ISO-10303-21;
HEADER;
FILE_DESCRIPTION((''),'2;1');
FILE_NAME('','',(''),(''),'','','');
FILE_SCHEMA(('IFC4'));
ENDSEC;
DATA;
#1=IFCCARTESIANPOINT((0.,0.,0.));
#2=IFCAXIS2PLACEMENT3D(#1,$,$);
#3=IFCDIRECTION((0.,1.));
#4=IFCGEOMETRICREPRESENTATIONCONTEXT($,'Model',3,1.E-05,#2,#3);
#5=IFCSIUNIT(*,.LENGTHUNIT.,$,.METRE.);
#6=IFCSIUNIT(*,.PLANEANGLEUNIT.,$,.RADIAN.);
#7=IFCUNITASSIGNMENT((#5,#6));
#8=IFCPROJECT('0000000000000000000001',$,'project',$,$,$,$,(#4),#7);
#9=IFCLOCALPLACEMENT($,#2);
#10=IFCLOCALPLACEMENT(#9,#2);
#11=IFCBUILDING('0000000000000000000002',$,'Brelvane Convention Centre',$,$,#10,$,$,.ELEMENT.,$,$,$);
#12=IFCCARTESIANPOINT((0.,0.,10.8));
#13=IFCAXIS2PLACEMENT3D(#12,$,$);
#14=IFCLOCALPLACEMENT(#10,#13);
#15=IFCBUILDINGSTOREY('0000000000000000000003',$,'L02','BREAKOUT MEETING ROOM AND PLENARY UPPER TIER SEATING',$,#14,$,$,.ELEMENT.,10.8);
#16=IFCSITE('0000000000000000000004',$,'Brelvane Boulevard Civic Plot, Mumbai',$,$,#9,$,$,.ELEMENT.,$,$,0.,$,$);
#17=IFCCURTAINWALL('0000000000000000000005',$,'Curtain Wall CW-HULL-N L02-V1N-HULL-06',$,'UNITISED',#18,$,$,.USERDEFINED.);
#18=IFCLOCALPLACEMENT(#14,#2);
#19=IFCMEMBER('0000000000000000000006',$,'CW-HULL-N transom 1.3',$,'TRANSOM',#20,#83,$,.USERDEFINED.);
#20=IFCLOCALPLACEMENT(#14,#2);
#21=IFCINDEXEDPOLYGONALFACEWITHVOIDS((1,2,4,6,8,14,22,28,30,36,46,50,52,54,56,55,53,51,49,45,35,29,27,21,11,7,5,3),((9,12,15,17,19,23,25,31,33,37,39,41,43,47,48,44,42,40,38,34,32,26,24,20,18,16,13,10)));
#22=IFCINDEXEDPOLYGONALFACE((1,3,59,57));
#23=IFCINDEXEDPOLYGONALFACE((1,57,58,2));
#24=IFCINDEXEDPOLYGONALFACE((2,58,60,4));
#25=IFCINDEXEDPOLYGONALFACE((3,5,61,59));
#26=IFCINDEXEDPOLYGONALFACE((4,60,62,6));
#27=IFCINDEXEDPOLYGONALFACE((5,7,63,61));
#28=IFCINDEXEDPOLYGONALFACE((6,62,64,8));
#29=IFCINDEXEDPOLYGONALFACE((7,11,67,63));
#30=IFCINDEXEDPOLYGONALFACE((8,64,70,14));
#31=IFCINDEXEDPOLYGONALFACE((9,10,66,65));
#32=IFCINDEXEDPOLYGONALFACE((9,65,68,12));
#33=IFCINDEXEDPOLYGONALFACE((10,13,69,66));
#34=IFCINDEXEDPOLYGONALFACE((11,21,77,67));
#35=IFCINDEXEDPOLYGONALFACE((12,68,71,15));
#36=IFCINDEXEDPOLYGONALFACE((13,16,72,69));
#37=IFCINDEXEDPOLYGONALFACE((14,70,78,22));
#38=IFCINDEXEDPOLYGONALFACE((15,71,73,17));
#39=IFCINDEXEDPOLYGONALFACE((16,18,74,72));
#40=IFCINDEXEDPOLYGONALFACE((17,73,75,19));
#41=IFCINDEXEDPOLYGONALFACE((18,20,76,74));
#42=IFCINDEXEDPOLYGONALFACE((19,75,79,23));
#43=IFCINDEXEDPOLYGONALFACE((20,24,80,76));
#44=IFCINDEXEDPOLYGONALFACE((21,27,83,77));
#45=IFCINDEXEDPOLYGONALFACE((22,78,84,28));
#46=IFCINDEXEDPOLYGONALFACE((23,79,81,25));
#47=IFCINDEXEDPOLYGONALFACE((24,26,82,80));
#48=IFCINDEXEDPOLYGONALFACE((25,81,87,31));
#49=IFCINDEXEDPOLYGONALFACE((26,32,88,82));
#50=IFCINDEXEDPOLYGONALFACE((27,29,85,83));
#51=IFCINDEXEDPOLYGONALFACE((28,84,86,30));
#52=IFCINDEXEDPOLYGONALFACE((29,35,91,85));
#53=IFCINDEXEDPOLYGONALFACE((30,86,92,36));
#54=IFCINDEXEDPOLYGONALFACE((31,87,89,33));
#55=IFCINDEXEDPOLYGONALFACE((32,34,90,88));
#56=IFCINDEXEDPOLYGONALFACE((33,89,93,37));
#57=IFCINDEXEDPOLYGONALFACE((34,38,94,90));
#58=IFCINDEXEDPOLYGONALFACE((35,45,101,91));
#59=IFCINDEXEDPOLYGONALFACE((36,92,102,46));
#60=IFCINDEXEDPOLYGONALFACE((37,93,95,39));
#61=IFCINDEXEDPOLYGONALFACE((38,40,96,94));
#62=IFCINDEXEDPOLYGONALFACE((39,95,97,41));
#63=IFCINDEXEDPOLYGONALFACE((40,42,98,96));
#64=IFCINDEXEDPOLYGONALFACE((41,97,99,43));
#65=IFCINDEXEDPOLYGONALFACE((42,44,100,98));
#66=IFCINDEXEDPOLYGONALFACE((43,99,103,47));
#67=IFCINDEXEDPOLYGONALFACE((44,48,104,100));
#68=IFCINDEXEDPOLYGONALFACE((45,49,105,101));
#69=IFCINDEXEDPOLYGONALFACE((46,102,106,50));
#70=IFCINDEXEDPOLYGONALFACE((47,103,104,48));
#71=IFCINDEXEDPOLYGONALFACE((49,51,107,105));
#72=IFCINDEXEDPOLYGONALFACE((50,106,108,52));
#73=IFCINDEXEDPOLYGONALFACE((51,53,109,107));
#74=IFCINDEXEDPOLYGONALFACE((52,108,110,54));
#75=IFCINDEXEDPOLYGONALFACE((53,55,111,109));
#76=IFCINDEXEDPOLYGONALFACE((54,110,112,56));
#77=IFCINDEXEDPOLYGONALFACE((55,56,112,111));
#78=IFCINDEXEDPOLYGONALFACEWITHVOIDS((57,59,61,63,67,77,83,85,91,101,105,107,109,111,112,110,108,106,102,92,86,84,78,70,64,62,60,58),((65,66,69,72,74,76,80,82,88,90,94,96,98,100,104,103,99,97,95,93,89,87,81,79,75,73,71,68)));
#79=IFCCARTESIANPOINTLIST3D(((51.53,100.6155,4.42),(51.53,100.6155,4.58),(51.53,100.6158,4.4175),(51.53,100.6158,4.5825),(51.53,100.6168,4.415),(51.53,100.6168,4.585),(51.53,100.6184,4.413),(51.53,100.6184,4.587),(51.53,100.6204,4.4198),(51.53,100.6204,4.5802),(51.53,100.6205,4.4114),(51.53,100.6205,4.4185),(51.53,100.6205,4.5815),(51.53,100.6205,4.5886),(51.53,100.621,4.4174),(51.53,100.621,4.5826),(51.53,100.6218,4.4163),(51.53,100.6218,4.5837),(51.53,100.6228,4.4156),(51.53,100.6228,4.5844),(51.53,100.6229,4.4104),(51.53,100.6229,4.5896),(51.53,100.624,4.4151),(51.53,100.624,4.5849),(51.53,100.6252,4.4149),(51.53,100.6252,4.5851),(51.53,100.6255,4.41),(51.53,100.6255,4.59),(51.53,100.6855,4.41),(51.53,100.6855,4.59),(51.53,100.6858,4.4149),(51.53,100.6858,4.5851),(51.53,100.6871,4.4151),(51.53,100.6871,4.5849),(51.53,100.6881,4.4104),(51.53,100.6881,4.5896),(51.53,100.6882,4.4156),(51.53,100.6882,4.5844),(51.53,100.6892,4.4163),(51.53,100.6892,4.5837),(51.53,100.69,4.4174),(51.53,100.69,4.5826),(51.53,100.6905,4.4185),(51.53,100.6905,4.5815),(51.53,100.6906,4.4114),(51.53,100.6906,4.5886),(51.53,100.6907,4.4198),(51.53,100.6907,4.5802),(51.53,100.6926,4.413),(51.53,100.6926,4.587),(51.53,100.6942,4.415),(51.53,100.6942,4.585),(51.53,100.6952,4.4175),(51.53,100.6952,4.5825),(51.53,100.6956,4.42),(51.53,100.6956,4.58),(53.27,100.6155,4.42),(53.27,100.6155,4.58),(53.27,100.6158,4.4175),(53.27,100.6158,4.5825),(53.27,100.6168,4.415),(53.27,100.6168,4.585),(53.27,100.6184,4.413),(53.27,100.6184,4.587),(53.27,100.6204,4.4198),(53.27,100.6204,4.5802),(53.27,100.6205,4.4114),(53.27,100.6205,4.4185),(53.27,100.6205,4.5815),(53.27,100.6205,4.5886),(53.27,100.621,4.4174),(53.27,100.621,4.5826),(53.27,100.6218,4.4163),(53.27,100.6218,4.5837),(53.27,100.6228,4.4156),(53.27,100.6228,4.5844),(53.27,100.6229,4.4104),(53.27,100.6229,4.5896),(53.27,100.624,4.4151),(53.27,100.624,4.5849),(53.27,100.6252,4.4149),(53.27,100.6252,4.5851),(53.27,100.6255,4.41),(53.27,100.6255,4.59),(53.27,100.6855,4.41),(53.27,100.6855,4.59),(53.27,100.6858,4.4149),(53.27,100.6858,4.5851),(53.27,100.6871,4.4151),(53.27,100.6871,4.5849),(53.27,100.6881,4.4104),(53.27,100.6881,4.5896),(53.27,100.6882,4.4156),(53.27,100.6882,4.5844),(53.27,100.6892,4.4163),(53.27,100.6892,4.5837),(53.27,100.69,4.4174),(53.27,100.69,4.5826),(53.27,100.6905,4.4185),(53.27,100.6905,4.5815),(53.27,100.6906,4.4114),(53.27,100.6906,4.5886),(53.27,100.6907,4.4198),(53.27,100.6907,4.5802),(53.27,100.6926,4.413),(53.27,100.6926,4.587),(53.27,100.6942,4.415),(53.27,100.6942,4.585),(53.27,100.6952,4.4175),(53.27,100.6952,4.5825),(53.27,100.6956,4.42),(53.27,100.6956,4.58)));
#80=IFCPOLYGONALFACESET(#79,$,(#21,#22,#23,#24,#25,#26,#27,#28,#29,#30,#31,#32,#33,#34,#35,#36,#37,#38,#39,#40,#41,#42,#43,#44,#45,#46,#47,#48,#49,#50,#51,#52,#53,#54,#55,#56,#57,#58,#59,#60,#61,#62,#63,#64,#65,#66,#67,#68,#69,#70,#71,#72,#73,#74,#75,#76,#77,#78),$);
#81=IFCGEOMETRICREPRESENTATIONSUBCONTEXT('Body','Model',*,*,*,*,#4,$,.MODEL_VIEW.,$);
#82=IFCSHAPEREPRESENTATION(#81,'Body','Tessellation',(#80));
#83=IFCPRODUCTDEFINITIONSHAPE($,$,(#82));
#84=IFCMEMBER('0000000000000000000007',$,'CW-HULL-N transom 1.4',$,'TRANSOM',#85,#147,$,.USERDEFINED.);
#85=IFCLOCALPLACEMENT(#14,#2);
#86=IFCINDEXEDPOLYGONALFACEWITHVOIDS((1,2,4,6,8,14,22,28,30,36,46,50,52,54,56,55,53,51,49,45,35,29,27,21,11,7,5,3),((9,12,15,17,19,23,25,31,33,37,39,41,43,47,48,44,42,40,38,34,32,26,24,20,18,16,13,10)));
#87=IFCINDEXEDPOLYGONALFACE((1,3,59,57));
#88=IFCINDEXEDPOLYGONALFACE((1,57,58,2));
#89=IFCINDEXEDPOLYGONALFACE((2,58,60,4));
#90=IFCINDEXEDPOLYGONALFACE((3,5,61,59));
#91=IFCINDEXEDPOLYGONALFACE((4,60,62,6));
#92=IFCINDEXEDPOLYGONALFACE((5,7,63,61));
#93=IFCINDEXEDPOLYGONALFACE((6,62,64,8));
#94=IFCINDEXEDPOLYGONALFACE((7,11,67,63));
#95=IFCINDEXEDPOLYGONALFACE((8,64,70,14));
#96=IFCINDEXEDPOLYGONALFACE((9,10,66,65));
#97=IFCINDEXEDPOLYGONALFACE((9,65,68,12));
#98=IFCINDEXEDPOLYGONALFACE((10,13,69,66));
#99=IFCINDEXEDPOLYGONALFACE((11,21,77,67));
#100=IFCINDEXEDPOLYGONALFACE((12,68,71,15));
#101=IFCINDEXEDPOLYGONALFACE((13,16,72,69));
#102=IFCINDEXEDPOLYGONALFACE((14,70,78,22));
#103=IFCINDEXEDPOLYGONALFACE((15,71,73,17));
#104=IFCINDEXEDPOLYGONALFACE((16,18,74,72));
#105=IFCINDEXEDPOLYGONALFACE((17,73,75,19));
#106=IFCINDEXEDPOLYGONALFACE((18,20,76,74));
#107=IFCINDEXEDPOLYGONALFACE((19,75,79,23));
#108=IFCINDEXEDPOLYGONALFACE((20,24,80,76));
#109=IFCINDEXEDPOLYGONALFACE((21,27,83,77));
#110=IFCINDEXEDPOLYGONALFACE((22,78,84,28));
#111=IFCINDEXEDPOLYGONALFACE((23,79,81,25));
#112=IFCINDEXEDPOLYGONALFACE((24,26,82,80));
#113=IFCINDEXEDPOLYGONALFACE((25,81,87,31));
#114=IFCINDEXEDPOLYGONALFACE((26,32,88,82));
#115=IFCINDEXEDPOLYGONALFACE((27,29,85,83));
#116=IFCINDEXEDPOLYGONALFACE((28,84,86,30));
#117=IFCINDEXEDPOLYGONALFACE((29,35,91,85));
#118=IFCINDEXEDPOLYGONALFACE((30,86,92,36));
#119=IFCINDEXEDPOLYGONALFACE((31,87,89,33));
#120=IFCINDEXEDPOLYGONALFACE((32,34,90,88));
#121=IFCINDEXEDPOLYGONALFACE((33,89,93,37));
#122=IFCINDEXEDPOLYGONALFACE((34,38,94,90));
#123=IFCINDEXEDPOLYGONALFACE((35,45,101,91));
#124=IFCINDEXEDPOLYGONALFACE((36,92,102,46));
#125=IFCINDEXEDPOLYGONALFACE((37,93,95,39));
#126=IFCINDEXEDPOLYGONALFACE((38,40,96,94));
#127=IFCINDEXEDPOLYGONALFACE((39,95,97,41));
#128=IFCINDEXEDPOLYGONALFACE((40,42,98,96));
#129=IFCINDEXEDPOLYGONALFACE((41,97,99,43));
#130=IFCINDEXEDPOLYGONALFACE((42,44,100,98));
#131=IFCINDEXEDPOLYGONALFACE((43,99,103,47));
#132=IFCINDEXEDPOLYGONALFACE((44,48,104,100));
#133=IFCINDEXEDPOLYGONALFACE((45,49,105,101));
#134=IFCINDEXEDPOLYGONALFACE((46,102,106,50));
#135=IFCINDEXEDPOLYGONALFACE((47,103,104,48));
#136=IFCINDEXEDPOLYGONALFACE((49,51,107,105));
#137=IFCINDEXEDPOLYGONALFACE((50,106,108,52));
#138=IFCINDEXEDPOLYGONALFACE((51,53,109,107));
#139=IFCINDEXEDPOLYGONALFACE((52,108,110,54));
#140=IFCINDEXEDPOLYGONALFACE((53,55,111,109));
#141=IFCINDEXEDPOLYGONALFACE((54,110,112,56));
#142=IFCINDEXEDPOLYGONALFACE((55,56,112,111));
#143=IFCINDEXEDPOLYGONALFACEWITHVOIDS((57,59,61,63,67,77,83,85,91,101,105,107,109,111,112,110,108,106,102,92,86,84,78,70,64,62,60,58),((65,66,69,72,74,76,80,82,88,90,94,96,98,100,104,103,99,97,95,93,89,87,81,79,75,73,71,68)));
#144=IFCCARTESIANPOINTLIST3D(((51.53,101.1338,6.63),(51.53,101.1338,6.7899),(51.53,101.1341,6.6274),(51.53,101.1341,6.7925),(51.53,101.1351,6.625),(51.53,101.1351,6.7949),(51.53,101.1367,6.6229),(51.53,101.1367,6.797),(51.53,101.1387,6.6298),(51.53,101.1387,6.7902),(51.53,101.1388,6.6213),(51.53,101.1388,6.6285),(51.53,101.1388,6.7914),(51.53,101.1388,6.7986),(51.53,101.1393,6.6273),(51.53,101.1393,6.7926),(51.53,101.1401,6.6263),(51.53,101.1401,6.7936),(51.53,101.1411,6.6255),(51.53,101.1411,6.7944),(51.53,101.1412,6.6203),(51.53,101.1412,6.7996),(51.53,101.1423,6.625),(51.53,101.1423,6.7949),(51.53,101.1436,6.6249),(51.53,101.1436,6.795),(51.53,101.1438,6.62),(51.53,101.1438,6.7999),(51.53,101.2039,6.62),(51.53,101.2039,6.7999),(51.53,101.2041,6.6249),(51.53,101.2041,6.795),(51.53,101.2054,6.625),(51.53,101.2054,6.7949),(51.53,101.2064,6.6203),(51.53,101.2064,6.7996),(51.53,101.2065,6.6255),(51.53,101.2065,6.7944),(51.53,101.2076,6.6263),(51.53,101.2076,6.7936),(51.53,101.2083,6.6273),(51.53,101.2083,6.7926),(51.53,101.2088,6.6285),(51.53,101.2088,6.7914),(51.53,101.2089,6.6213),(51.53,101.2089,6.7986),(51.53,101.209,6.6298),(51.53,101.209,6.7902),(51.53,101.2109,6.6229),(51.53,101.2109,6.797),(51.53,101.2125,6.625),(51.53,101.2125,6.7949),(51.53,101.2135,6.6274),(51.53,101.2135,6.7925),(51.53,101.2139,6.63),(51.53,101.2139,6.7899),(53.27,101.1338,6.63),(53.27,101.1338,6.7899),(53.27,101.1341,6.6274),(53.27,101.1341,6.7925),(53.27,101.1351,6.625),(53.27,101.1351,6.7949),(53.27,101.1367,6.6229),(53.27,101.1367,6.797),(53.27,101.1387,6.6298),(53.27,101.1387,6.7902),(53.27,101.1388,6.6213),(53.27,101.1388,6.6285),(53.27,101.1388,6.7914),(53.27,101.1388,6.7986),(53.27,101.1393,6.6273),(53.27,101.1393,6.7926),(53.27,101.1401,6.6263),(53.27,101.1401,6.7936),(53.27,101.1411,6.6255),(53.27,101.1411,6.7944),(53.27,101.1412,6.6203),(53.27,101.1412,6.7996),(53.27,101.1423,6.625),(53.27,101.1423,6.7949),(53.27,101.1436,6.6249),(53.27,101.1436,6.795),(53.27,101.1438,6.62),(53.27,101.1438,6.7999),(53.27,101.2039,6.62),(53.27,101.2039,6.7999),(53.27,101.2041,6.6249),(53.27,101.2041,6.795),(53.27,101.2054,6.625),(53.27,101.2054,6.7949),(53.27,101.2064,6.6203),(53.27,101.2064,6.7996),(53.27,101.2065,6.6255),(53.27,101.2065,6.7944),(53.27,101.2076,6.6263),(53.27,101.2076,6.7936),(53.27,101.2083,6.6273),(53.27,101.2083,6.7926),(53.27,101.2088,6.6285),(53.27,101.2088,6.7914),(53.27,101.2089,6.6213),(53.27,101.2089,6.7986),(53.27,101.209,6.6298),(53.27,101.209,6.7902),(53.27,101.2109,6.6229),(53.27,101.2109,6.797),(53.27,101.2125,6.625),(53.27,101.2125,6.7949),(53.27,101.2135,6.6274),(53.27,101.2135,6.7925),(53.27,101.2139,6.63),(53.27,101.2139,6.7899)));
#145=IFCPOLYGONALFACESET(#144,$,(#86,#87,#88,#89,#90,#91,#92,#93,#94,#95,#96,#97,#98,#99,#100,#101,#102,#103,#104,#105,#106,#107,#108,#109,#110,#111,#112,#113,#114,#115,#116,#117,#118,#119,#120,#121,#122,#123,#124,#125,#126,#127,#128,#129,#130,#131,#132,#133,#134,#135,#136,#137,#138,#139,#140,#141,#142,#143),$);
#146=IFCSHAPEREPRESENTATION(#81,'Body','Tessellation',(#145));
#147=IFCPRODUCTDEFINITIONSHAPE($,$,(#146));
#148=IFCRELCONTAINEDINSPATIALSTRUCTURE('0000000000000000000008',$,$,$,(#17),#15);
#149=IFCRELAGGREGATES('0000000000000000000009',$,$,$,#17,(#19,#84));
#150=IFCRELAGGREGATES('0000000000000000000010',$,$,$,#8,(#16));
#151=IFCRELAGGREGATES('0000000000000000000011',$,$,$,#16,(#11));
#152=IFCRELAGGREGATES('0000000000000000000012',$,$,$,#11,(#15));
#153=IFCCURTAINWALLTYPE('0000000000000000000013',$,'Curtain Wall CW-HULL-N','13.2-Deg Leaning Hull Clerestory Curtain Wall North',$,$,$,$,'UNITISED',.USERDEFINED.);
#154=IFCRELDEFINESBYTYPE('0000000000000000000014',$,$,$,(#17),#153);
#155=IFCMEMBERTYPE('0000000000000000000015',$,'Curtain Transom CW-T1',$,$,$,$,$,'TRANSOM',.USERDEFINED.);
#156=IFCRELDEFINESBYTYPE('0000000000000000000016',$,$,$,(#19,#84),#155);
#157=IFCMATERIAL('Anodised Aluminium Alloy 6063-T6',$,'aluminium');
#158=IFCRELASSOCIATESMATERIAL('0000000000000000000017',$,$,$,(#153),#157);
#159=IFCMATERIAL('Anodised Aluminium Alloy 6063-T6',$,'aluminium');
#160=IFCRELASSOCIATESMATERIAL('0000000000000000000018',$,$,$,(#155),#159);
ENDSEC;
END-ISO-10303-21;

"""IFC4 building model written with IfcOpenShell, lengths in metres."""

from ifc_helpers import new_model, si_unit, direction, frame, origin, origin_2d, place, context, subcontext, project, spatial, hollow_rectangle, extrude, material, material_profile, profile_set, type_object, element, aggregate, save


model = new_model("IFC4")

# Units and contexts
model_context = context("Model", 3, precision=1e-05, world=origin(), true_north=direction((0.0, 1.0)))
body_context = subcontext(model_context, "Body", "Model", "MODEL_VIEW")
ifc_project = project(units=[si_unit("LENGTHUNIT", "METRE"), si_unit("PLANEANGLEUNIT", "RADIAN")], contexts=[model_context])

# Site, building, storey
site_placement = place(None, origin())
site = spatial("IfcSite", under=ifc_project, at=site_placement, Name="Brelvane Boulevard Civic Plot, Mumbai", CompositionType="ELEMENT", RefElevation=0.0)
building_placement = place(site_placement, origin())
building = spatial("IfcBuilding", under=site, at=building_placement, Name="Brelvane Convention Centre", CompositionType="ELEMENT")
storey_placement = place(building_placement, frame((0.0, 0.0, 10.8)))
storey = spatial("IfcBuildingStorey", under=building, at=storey_placement, Name="L02", Description="BREAKOUT MEETING ROOM AND PLENARY UPPER TIER SEATING", CompositionType="ELEMENT", Elevation=10.8)

# Curtain wall, members
ifc_material_1 = material(Name="Anodised Aluminium Alloy 6063-T6", Category="aluminium")
curtain_wall_type = type_object("IfcCurtainWallType", Name="Curtain Wall CW-HULL-N", Description="13.2-Deg Leaning Hull Clerestory Curtain Wall North", ElementType="UNITISED", PredefinedType="USERDEFINED", material=ifc_material_1)
curtain_wall_placement = place(storey_placement, origin())
curtain_wall = element("IfcCurtainWall", 1, at=curtain_wall_placement, inside=storey, type_object=curtain_wall_type, Name="Curtain Wall CW-HULL-N L02-V1N-HULL-06", ObjectType="UNITISED", PredefinedType="USERDEFINED")
ifc_material_2 = material(Name="Anodised Aluminium Alloy 6063-T6", Category="aluminium")
ifc_material_profile_1 = material_profile(ifc_material_2, hollow_rectangle(XDim=0.0801, YDim=0.1799, WallThickness=0.0049, InnerFilletRadius=0.0049, OuterFilletRadius=0.01, at=origin_2d()), Name="ALU-T 180x80x5.0")
ifc_profile_set_1 = profile_set([ifc_material_profile_1], Name="Anodised Aluminium Alloy 6063-T6")
member_type_1 = type_object("IfcMemberType", Name="Curtain Transom CW-T1", ElementType="TRANSOM", PredefinedType="USERDEFINED", material=ifc_profile_set_1)
member_1_placement = place(storey_placement, frame((51.53, 100.6555, 4.5), z_axis=(1.0, 0.0, 0.0), x_axis=(0.0, 1.0, 0.0)))
member_1 = element("IfcMember", 2, at=member_1_placement, type_object=member_type_1, Name="CW-HULL-N transom 1.3", ObjectType="TRANSOM", PredefinedType="USERDEFINED", context=body_context, shape_type="SweptSolid", body=[
    extrude(hollow_rectangle(XDim=0.0801, YDim=0.1799, WallThickness=0.0049, InnerFilletRadius=0.0049, OuterFilletRadius=0.01, at=origin_2d()), origin(), (0.0, 0.0, 1.0), 1.74),
])
member_2_placement = place(storey_placement, frame((51.53, 101.1738, 6.71), z_axis=(1.0, 0.0, 0.0), x_axis=(0.0, 1.0, 0.0)))
member_2 = element("IfcMember", 3, at=member_2_placement, type_object=member_type_1, Name="CW-HULL-N transom 1.4", ObjectType="TRANSOM", PredefinedType="USERDEFINED", context=body_context, shape_type="SweptSolid", body=[
    extrude(hollow_rectangle(XDim=0.0801, YDim=0.1799, WallThickness=0.0049, InnerFilletRadius=0.0049, OuterFilletRadius=0.01, at=origin_2d()), origin(), (0.0, 0.0, 1.0), 1.74),
])

aggregate(curtain_wall, [member_1, member_2])

save(model, "model.ifc")
